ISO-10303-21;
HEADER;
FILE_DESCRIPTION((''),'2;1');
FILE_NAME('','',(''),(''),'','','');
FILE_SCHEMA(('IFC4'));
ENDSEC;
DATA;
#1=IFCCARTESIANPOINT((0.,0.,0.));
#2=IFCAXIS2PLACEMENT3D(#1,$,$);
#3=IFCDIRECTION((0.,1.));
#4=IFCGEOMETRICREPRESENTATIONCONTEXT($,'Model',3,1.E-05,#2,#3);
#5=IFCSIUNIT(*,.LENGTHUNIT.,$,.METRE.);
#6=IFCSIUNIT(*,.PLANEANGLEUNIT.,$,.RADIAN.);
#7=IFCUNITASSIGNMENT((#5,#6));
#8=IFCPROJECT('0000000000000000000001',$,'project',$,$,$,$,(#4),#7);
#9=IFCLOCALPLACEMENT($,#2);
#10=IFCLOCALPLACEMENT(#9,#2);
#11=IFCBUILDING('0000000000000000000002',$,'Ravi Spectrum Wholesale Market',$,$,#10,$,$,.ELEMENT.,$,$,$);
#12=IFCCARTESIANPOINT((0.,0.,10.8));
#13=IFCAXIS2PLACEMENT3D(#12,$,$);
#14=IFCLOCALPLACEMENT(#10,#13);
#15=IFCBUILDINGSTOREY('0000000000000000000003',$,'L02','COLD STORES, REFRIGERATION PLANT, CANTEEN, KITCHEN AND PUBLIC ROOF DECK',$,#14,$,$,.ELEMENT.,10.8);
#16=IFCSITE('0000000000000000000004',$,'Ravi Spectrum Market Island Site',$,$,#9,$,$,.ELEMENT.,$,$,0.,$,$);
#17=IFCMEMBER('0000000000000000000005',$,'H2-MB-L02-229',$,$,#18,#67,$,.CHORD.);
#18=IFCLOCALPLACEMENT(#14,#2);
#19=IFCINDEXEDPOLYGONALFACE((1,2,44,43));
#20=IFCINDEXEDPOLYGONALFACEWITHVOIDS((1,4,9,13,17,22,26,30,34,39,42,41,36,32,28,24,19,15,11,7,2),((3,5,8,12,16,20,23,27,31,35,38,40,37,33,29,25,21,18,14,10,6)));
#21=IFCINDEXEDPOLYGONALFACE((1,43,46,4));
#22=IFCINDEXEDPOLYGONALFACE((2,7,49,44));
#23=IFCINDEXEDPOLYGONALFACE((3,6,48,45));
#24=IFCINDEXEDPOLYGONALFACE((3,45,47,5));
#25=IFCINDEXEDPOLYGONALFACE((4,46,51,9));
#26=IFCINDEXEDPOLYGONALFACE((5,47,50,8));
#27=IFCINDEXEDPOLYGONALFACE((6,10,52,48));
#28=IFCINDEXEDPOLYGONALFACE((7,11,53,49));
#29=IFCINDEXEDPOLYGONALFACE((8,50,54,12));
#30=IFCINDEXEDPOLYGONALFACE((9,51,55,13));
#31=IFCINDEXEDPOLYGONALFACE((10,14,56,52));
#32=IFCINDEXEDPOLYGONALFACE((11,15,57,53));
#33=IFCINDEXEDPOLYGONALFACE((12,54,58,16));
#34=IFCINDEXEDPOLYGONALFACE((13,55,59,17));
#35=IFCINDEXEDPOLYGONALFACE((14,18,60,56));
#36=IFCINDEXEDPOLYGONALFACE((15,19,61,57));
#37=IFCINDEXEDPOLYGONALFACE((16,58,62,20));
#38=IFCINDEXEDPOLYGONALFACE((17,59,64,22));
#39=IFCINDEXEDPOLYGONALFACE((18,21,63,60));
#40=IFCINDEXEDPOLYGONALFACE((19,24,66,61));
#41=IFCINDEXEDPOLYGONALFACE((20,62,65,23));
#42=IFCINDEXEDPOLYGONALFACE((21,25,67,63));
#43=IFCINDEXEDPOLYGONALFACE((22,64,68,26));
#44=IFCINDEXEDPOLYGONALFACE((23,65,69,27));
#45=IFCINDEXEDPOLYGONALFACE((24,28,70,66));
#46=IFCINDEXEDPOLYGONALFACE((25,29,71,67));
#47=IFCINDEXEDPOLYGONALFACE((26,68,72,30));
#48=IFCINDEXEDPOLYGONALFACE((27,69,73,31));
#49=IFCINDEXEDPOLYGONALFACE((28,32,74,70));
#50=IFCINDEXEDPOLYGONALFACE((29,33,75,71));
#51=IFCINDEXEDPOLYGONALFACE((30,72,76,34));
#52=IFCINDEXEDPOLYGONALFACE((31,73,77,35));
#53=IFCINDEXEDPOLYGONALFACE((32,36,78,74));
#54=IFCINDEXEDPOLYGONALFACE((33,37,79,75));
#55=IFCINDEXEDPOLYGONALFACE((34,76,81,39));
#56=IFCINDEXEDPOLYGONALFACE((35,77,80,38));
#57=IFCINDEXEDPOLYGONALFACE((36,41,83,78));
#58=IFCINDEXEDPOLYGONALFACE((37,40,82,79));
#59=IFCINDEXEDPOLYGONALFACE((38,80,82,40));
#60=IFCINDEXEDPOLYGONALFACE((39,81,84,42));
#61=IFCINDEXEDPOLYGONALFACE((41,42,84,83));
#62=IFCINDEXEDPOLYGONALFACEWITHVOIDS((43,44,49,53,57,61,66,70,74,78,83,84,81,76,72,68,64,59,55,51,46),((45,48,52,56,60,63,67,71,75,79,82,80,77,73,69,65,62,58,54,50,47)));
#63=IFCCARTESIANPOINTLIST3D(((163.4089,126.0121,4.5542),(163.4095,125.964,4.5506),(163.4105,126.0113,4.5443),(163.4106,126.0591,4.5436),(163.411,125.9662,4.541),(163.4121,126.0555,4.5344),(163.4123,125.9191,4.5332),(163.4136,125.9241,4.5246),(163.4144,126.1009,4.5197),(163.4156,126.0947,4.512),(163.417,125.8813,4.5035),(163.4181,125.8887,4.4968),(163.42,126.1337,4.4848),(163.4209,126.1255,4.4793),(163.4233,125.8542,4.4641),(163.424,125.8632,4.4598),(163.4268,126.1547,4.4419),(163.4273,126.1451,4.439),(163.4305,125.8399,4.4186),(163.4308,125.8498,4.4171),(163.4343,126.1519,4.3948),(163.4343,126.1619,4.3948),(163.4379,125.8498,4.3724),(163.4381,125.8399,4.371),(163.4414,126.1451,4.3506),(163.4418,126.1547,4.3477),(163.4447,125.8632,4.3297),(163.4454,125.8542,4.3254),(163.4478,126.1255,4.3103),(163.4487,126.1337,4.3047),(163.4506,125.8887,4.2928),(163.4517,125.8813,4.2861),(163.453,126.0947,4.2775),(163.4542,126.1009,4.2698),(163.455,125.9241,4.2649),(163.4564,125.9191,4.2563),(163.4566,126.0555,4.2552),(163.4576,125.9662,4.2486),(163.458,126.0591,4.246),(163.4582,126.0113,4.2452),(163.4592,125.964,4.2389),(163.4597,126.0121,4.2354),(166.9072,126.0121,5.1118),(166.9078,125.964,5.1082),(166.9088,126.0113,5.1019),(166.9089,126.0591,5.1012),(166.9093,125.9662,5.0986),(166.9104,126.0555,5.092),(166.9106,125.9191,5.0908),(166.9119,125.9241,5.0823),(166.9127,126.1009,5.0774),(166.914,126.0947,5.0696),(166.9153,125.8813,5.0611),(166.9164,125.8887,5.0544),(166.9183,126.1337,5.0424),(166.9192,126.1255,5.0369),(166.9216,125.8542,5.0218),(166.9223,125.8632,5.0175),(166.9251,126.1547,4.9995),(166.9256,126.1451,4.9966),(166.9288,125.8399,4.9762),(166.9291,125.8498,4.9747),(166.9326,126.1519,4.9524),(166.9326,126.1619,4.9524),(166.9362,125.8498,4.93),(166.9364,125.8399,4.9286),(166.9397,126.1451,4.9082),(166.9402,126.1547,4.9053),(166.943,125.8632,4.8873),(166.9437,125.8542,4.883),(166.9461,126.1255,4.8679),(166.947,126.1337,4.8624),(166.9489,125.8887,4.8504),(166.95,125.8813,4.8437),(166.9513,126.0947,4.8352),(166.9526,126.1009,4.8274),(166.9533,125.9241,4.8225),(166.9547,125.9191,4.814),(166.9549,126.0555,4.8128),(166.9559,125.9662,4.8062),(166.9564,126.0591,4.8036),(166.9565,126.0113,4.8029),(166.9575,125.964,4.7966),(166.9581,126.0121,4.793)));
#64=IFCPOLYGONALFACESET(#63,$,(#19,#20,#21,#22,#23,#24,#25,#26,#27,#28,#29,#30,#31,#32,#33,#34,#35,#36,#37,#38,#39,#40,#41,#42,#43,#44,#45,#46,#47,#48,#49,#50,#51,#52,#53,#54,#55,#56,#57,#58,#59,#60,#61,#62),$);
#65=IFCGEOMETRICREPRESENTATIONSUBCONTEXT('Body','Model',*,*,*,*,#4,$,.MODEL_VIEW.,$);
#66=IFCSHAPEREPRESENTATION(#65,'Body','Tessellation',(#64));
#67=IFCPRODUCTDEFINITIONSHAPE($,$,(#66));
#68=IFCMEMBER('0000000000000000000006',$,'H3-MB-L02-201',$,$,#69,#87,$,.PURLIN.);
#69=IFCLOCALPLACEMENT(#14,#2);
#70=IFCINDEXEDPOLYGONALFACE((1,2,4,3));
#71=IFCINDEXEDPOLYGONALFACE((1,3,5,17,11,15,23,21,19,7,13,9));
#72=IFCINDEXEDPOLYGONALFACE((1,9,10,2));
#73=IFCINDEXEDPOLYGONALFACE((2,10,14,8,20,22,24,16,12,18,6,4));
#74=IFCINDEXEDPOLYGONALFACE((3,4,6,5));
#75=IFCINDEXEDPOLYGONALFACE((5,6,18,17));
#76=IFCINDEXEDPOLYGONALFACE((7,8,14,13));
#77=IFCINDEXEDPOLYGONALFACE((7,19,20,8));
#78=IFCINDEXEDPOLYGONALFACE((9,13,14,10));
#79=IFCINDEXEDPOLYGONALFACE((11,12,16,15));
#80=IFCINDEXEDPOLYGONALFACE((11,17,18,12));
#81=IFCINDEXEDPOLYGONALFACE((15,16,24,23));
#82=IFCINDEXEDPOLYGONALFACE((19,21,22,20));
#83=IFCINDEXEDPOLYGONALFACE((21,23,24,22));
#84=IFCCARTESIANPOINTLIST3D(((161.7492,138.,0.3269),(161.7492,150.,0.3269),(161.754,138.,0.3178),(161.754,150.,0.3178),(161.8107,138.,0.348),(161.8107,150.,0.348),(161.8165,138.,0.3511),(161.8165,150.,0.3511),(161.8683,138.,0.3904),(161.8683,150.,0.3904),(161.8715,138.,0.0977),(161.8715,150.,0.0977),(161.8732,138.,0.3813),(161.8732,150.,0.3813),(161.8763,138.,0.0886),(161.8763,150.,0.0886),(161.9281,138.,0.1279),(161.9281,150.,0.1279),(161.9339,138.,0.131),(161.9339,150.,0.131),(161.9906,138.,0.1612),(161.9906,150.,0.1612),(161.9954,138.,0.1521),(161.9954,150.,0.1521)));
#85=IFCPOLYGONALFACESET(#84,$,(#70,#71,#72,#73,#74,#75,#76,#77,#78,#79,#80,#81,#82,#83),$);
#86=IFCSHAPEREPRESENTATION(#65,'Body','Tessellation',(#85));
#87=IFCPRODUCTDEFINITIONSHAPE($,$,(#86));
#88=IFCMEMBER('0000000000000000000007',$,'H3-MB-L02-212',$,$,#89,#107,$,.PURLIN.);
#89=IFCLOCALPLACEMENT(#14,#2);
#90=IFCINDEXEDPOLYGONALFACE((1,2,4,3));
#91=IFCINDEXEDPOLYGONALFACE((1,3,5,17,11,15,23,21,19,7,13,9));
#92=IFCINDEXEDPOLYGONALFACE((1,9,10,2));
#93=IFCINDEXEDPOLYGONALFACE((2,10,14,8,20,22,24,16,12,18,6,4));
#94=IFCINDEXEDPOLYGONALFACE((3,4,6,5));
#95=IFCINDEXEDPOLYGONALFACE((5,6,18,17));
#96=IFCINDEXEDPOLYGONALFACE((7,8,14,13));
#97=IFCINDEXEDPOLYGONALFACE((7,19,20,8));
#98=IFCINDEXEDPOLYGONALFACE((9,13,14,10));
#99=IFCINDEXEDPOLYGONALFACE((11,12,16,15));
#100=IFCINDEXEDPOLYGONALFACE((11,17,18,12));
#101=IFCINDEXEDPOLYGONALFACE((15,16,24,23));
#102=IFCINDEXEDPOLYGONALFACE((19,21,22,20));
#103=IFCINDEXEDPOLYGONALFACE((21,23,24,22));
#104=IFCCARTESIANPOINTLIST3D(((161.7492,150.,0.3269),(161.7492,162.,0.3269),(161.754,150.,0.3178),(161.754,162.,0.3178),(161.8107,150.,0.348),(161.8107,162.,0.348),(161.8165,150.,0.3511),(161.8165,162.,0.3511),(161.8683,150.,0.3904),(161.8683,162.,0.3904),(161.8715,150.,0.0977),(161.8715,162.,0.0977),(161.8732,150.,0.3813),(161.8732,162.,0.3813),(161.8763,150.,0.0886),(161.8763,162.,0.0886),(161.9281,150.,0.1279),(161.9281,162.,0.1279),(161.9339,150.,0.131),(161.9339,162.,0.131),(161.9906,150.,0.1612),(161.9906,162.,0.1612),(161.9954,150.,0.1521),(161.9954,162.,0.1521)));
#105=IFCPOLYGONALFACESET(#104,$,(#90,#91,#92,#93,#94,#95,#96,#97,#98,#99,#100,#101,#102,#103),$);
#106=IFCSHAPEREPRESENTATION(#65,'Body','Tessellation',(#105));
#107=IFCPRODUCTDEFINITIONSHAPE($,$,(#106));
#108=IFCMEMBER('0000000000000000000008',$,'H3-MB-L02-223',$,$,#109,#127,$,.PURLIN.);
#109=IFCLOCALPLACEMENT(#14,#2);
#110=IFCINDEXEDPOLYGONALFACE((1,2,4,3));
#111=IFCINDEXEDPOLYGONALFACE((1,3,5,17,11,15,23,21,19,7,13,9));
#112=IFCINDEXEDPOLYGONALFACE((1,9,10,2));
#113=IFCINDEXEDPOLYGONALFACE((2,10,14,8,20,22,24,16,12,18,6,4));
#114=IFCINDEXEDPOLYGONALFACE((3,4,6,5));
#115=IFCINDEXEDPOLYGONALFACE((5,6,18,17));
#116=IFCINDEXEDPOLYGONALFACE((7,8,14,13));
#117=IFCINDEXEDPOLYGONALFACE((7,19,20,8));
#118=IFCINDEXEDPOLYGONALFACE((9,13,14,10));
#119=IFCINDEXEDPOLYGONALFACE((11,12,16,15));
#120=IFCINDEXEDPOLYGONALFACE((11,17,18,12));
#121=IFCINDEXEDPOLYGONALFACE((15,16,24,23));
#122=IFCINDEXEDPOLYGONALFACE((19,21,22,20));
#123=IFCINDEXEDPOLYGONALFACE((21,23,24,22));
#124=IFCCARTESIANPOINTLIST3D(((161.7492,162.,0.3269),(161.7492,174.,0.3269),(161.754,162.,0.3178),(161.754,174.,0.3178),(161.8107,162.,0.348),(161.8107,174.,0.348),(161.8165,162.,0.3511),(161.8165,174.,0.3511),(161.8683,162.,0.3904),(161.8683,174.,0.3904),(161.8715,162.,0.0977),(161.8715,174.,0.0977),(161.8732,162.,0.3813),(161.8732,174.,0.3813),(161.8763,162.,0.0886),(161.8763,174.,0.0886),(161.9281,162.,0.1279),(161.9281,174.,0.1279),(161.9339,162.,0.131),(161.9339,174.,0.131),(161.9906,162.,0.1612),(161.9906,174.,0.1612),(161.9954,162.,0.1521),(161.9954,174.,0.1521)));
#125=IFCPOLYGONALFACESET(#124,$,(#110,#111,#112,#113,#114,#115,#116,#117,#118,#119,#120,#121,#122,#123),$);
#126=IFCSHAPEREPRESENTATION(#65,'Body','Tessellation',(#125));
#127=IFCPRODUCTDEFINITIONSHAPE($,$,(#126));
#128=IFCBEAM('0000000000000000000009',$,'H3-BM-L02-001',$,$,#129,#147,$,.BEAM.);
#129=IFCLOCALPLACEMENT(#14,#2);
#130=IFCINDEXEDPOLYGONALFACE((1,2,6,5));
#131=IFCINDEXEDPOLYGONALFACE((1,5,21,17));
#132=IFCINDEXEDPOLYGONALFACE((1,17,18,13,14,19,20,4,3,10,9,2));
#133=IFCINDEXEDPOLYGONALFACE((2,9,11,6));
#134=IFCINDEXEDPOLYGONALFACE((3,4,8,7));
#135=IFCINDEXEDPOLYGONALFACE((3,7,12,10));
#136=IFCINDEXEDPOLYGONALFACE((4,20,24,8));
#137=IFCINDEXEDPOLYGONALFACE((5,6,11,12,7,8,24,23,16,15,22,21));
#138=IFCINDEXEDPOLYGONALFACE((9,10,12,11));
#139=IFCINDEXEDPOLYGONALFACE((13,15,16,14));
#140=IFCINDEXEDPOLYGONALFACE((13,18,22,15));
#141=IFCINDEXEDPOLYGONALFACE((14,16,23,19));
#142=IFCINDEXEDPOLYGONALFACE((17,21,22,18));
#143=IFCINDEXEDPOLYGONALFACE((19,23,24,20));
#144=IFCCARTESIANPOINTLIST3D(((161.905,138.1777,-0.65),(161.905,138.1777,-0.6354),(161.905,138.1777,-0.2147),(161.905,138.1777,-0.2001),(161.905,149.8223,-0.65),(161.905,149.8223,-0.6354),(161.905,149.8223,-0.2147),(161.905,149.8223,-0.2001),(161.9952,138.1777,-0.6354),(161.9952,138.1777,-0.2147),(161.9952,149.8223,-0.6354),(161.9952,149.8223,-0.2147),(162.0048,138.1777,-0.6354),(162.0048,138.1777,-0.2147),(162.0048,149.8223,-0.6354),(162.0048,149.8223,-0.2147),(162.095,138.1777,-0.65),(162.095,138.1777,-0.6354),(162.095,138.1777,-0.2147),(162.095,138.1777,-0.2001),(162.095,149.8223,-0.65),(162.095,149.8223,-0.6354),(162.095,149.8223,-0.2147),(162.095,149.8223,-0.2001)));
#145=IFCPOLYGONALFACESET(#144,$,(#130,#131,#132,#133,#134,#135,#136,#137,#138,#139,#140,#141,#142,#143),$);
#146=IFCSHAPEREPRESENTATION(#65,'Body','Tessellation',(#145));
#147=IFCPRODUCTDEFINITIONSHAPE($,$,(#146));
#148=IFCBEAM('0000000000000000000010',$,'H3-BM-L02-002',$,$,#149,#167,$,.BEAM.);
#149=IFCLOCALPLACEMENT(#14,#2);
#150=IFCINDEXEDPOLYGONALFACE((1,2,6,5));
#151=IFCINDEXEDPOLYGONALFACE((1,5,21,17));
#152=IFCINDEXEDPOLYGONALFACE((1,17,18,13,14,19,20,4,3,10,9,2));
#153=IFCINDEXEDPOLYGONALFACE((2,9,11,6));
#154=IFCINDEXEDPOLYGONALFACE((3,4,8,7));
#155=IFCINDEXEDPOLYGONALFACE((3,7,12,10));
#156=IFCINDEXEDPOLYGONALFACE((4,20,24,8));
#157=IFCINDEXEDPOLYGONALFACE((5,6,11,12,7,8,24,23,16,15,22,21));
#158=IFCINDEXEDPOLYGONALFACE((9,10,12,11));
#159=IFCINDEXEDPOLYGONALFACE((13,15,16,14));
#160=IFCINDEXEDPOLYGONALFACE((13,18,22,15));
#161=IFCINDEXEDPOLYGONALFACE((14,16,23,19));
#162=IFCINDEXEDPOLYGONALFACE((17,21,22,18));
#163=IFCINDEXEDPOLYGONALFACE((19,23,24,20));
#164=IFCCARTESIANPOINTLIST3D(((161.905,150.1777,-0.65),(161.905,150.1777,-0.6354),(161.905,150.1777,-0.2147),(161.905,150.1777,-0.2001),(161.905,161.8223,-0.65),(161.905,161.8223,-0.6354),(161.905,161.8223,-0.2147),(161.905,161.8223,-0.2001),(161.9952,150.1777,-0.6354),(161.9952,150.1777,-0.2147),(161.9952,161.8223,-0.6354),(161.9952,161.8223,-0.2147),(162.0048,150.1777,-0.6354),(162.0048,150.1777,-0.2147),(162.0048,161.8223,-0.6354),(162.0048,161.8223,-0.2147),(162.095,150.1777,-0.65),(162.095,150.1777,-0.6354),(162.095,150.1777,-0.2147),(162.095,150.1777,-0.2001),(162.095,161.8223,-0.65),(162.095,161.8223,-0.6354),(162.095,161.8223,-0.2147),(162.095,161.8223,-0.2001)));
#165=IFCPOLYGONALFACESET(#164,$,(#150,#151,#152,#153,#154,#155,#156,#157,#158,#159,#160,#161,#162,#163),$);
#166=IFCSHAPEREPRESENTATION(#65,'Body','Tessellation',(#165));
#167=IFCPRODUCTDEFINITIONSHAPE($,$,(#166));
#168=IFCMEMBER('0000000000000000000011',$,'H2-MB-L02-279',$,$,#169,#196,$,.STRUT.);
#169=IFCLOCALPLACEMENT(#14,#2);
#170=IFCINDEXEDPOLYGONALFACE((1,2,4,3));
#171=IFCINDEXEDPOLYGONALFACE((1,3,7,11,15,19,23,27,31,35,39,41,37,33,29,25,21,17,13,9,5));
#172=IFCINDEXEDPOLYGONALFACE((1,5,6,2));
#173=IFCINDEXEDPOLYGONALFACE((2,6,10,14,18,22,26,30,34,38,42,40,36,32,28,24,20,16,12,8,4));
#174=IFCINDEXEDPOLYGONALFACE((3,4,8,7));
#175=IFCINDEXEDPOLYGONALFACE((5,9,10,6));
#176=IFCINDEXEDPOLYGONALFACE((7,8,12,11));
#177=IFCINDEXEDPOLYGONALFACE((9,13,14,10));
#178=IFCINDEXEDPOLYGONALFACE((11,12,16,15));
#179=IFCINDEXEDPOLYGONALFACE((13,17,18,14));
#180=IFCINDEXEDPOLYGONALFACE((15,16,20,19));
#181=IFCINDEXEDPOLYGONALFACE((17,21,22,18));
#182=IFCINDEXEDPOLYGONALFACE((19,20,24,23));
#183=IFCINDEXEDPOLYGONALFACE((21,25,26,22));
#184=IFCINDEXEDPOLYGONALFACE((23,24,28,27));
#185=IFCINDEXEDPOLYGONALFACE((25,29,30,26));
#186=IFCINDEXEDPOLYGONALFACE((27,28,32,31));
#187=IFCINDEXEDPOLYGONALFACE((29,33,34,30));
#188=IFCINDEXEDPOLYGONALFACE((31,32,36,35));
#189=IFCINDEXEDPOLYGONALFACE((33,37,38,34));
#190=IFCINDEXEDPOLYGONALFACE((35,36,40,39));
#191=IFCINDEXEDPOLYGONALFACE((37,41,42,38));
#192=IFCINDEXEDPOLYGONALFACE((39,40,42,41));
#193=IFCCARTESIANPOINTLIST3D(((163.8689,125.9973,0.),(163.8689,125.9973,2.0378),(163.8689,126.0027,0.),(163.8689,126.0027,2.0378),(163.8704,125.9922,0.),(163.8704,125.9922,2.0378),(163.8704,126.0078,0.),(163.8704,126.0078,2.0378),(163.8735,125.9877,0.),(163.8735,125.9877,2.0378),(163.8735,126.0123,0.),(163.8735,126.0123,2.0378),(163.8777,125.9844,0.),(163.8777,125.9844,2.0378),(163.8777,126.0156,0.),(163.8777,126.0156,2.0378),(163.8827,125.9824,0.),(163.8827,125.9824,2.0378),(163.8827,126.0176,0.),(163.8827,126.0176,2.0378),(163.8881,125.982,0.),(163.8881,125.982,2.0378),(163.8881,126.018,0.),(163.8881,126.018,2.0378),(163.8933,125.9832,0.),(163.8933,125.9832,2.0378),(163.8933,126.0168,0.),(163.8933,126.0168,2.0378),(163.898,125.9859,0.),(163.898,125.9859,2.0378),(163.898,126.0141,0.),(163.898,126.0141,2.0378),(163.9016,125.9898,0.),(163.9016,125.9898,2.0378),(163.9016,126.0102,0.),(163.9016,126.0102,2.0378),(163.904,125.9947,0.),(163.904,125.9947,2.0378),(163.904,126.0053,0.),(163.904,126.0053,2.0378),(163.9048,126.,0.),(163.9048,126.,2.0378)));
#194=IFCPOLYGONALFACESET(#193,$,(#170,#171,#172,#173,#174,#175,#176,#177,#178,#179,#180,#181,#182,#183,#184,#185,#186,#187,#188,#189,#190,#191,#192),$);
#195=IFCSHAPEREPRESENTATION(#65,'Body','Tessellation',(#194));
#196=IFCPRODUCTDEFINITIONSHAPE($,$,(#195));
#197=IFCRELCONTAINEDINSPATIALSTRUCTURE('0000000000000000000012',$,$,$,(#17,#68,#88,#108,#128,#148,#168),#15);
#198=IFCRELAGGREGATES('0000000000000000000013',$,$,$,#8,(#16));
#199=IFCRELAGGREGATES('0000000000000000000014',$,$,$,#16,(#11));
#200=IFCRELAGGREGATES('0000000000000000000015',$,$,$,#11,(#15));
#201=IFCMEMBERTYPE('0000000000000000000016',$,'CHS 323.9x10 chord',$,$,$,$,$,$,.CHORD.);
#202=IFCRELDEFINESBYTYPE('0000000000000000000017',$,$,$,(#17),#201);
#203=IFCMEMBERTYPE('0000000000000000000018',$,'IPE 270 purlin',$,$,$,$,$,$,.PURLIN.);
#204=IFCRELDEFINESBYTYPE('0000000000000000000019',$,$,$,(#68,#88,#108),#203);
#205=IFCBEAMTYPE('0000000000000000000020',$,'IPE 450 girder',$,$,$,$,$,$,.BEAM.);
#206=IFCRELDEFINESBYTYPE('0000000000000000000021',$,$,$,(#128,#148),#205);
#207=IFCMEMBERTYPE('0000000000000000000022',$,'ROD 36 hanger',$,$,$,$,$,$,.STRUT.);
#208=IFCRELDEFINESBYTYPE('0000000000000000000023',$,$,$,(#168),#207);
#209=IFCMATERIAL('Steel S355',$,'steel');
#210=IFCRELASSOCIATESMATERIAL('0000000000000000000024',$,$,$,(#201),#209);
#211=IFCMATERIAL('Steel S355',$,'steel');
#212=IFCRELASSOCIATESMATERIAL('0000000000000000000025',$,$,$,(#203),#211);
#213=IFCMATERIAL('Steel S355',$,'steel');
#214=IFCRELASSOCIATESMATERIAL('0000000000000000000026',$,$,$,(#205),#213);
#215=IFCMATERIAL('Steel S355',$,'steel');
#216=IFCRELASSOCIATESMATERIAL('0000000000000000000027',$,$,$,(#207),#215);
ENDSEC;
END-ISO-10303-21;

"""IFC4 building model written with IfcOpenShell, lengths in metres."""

from ifc_helpers import new_model, si_unit, direction, frame, origin, origin_2d, place, context, subcontext, project, spatial, circle, hollow_circle, i_section, extrude, material, material_profile, profile_set, type_object, element, save


model = new_model("IFC4")

# Units and contexts
model_context = context("Model", 3, precision=1e-05, world=origin(), true_north=direction((0.0, 1.0)))
body_context = subcontext(model_context, "Body", "Model", "MODEL_VIEW")
ifc_project = project(units=[si_unit("LENGTHUNIT", "METRE"), si_unit("PLANEANGLEUNIT", "RADIAN")], contexts=[model_context])

# Site, building, storey
site_placement = place(None, origin())
site = spatial("IfcSite", under=ifc_project, at=site_placement, Name="Ravi Spectrum Market Island Site", CompositionType="ELEMENT", RefElevation=0.0)
building_placement = place(site_placement, origin())
building = spatial("IfcBuilding", under=site, at=building_placement, Name="Ravi Spectrum Wholesale Market", CompositionType="ELEMENT")
storey_placement = place(building_placement, frame((0.0, 0.0, 10.8)))
storey = spatial("IfcBuildingStorey", under=building, at=storey_placement, Name="L02", Description="COLD STORES, REFRIGERATION PLANT, CANTEEN, KITCHEN AND PUBLIC ROOF DECK", CompositionType="ELEMENT", Elevation=10.8)

# Members
ifc_material_1 = material(Name="Steel S355", Category="steel")
ifc_material_profile_1 = material_profile(ifc_material_1, hollow_circle(Radius=0.1619, WallThickness=0.01, at=origin_2d()))
ifc_profile_set_1 = profile_set([ifc_material_profile_1], Name="Steel S355")
member_type_1 = type_object("IfcMemberType", Name="CHS 323.9x10 chord", PredefinedType="CHORD", material=ifc_profile_set_1)
member_1_placement = place(storey_placement, frame((163.4343, 126.0, 4.3948), z_axis=(0.987533, 0.0, 0.15741), x_axis=(0.0, 1.0, 0.0)))
element("IfcMember", 1, at=member_1_placement, inside=storey, type_object=member_type_1, Name="H2-MB-L02-229", PredefinedType="CHORD", context=body_context, shape_type="SweptSolid", body=[
    extrude(hollow_circle(Radius=0.1619, WallThickness=0.01, at=origin_2d()), origin(), (0.0, 0.0, 1.0), 3.5425),
])
ifc_material_2 = material(Name="Steel S355", Category="steel")
ifc_material_profile_2 = material_profile(ifc_material_2, i_section(OverallWidth=0.135, OverallDepth=0.27, WebThickness=0.0066, FlangeThickness=0.0103, at=origin_2d()))
ifc_profile_set_2 = profile_set([ifc_material_profile_2], Name="Steel S355")
member_type_2 = type_object("IfcMemberType", Name="IPE 270 purlin", PredefinedType="PURLIN", material=ifc_profile_set_2)
for number, where, z_axis, x_axis, name in (
    (2, (161.8723, 138.0, 0.2395), (0.0, 1.0, 0.0), (-0.882353, 0.0, -0.470588), "H3-MB-L02-201"),
    (3, (161.8723, 150.0, 0.2395), (0.0, 1.0, 0.0), (-0.882353, 0.0, -0.470588), "H3-MB-L02-212"),
    (4, (161.8723, 162.0, 0.2395), (0.0, 1.0, 0.0), (-0.882353, 0.0, -0.470588), "H3-MB-L02-223"),
):
    element("IfcMember", number, at=place(storey_placement, frame(where, z_axis=z_axis, x_axis=x_axis)), inside=storey, type_object=member_type_2, Name=name, PredefinedType="PURLIN", context=body_context, shape_type="SweptSolid", body=[
        extrude(i_section(OverallWidth=0.135, OverallDepth=0.27, WebThickness=0.0066, FlangeThickness=0.0103, at=origin_2d()), origin(), (0.0, 0.0, 1.0), 12.0),
    ])

# Beams
ifc_material_3 = material(Name="Steel S355", Category="steel")
ifc_material_profile_3 = material_profile(ifc_material_3, i_section(OverallWidth=0.1899, OverallDepth=0.45, WebThickness=0.0095, FlangeThickness=0.0146, at=origin_2d()))
ifc_profile_set_3 = profile_set([ifc_material_profile_3], Name="Steel S355")
beam_type = type_object("IfcBeamType", Name="IPE 450 girder", PredefinedType="BEAM", material=ifc_profile_set_3)
for number, where, z_axis, x_axis, name in (
    (5, (162.0, 138.1777, -0.425), (0.0, 1.0, 0.0), (-1.0, 0.0, 0.0), "H3-BM-L02-001"),
    (6, (162.0, 150.1777, -0.425), (0.0, 1.0, 0.0), (-1.0, 0.0, 0.0), "H3-BM-L02-002"),
):
    element("IfcBeam", number, at=place(storey_placement, frame(where, z_axis=z_axis, x_axis=x_axis)), inside=storey, type_object=beam_type, Name=name, PredefinedType="BEAM", context=body_context, shape_type="SweptSolid", body=[
        extrude(i_section(OverallWidth=0.1899, OverallDepth=0.45, WebThickness=0.0095, FlangeThickness=0.0146, at=origin_2d()), origin(), (0.0, 0.0, 1.0), 11.6445),
    ])

# Member
ifc_material_4 = material(Name="Steel S355", Category="steel")
ifc_material_profile_4 = material_profile(ifc_material_4, circle(Radius=0.0181, at=origin_2d()))
ifc_profile_set_4 = profile_set([ifc_material_profile_4], Name="Steel S355")
member_type_3 = type_object("IfcMemberType", Name="ROD 36 hanger", PredefinedType="STRUT", material=ifc_profile_set_4)
member_2_placement = place(storey_placement, frame((163.8867, 126.0, 0.0), z_axis=(0.0, 0.0, 1.0), x_axis=(1.0, 0.0, 0.0)))
element("IfcMember", 7, at=member_2_placement, inside=storey, type_object=member_type_3, Name="H2-MB-L02-279", PredefinedType="STRUT", context=body_context, shape_type="SweptSolid", body=[
    extrude(circle(Radius=0.0181, at=origin_2d()), origin(), (0.0, 0.0, 1.0), 2.0378),
])

save(model, "model.ifc")
